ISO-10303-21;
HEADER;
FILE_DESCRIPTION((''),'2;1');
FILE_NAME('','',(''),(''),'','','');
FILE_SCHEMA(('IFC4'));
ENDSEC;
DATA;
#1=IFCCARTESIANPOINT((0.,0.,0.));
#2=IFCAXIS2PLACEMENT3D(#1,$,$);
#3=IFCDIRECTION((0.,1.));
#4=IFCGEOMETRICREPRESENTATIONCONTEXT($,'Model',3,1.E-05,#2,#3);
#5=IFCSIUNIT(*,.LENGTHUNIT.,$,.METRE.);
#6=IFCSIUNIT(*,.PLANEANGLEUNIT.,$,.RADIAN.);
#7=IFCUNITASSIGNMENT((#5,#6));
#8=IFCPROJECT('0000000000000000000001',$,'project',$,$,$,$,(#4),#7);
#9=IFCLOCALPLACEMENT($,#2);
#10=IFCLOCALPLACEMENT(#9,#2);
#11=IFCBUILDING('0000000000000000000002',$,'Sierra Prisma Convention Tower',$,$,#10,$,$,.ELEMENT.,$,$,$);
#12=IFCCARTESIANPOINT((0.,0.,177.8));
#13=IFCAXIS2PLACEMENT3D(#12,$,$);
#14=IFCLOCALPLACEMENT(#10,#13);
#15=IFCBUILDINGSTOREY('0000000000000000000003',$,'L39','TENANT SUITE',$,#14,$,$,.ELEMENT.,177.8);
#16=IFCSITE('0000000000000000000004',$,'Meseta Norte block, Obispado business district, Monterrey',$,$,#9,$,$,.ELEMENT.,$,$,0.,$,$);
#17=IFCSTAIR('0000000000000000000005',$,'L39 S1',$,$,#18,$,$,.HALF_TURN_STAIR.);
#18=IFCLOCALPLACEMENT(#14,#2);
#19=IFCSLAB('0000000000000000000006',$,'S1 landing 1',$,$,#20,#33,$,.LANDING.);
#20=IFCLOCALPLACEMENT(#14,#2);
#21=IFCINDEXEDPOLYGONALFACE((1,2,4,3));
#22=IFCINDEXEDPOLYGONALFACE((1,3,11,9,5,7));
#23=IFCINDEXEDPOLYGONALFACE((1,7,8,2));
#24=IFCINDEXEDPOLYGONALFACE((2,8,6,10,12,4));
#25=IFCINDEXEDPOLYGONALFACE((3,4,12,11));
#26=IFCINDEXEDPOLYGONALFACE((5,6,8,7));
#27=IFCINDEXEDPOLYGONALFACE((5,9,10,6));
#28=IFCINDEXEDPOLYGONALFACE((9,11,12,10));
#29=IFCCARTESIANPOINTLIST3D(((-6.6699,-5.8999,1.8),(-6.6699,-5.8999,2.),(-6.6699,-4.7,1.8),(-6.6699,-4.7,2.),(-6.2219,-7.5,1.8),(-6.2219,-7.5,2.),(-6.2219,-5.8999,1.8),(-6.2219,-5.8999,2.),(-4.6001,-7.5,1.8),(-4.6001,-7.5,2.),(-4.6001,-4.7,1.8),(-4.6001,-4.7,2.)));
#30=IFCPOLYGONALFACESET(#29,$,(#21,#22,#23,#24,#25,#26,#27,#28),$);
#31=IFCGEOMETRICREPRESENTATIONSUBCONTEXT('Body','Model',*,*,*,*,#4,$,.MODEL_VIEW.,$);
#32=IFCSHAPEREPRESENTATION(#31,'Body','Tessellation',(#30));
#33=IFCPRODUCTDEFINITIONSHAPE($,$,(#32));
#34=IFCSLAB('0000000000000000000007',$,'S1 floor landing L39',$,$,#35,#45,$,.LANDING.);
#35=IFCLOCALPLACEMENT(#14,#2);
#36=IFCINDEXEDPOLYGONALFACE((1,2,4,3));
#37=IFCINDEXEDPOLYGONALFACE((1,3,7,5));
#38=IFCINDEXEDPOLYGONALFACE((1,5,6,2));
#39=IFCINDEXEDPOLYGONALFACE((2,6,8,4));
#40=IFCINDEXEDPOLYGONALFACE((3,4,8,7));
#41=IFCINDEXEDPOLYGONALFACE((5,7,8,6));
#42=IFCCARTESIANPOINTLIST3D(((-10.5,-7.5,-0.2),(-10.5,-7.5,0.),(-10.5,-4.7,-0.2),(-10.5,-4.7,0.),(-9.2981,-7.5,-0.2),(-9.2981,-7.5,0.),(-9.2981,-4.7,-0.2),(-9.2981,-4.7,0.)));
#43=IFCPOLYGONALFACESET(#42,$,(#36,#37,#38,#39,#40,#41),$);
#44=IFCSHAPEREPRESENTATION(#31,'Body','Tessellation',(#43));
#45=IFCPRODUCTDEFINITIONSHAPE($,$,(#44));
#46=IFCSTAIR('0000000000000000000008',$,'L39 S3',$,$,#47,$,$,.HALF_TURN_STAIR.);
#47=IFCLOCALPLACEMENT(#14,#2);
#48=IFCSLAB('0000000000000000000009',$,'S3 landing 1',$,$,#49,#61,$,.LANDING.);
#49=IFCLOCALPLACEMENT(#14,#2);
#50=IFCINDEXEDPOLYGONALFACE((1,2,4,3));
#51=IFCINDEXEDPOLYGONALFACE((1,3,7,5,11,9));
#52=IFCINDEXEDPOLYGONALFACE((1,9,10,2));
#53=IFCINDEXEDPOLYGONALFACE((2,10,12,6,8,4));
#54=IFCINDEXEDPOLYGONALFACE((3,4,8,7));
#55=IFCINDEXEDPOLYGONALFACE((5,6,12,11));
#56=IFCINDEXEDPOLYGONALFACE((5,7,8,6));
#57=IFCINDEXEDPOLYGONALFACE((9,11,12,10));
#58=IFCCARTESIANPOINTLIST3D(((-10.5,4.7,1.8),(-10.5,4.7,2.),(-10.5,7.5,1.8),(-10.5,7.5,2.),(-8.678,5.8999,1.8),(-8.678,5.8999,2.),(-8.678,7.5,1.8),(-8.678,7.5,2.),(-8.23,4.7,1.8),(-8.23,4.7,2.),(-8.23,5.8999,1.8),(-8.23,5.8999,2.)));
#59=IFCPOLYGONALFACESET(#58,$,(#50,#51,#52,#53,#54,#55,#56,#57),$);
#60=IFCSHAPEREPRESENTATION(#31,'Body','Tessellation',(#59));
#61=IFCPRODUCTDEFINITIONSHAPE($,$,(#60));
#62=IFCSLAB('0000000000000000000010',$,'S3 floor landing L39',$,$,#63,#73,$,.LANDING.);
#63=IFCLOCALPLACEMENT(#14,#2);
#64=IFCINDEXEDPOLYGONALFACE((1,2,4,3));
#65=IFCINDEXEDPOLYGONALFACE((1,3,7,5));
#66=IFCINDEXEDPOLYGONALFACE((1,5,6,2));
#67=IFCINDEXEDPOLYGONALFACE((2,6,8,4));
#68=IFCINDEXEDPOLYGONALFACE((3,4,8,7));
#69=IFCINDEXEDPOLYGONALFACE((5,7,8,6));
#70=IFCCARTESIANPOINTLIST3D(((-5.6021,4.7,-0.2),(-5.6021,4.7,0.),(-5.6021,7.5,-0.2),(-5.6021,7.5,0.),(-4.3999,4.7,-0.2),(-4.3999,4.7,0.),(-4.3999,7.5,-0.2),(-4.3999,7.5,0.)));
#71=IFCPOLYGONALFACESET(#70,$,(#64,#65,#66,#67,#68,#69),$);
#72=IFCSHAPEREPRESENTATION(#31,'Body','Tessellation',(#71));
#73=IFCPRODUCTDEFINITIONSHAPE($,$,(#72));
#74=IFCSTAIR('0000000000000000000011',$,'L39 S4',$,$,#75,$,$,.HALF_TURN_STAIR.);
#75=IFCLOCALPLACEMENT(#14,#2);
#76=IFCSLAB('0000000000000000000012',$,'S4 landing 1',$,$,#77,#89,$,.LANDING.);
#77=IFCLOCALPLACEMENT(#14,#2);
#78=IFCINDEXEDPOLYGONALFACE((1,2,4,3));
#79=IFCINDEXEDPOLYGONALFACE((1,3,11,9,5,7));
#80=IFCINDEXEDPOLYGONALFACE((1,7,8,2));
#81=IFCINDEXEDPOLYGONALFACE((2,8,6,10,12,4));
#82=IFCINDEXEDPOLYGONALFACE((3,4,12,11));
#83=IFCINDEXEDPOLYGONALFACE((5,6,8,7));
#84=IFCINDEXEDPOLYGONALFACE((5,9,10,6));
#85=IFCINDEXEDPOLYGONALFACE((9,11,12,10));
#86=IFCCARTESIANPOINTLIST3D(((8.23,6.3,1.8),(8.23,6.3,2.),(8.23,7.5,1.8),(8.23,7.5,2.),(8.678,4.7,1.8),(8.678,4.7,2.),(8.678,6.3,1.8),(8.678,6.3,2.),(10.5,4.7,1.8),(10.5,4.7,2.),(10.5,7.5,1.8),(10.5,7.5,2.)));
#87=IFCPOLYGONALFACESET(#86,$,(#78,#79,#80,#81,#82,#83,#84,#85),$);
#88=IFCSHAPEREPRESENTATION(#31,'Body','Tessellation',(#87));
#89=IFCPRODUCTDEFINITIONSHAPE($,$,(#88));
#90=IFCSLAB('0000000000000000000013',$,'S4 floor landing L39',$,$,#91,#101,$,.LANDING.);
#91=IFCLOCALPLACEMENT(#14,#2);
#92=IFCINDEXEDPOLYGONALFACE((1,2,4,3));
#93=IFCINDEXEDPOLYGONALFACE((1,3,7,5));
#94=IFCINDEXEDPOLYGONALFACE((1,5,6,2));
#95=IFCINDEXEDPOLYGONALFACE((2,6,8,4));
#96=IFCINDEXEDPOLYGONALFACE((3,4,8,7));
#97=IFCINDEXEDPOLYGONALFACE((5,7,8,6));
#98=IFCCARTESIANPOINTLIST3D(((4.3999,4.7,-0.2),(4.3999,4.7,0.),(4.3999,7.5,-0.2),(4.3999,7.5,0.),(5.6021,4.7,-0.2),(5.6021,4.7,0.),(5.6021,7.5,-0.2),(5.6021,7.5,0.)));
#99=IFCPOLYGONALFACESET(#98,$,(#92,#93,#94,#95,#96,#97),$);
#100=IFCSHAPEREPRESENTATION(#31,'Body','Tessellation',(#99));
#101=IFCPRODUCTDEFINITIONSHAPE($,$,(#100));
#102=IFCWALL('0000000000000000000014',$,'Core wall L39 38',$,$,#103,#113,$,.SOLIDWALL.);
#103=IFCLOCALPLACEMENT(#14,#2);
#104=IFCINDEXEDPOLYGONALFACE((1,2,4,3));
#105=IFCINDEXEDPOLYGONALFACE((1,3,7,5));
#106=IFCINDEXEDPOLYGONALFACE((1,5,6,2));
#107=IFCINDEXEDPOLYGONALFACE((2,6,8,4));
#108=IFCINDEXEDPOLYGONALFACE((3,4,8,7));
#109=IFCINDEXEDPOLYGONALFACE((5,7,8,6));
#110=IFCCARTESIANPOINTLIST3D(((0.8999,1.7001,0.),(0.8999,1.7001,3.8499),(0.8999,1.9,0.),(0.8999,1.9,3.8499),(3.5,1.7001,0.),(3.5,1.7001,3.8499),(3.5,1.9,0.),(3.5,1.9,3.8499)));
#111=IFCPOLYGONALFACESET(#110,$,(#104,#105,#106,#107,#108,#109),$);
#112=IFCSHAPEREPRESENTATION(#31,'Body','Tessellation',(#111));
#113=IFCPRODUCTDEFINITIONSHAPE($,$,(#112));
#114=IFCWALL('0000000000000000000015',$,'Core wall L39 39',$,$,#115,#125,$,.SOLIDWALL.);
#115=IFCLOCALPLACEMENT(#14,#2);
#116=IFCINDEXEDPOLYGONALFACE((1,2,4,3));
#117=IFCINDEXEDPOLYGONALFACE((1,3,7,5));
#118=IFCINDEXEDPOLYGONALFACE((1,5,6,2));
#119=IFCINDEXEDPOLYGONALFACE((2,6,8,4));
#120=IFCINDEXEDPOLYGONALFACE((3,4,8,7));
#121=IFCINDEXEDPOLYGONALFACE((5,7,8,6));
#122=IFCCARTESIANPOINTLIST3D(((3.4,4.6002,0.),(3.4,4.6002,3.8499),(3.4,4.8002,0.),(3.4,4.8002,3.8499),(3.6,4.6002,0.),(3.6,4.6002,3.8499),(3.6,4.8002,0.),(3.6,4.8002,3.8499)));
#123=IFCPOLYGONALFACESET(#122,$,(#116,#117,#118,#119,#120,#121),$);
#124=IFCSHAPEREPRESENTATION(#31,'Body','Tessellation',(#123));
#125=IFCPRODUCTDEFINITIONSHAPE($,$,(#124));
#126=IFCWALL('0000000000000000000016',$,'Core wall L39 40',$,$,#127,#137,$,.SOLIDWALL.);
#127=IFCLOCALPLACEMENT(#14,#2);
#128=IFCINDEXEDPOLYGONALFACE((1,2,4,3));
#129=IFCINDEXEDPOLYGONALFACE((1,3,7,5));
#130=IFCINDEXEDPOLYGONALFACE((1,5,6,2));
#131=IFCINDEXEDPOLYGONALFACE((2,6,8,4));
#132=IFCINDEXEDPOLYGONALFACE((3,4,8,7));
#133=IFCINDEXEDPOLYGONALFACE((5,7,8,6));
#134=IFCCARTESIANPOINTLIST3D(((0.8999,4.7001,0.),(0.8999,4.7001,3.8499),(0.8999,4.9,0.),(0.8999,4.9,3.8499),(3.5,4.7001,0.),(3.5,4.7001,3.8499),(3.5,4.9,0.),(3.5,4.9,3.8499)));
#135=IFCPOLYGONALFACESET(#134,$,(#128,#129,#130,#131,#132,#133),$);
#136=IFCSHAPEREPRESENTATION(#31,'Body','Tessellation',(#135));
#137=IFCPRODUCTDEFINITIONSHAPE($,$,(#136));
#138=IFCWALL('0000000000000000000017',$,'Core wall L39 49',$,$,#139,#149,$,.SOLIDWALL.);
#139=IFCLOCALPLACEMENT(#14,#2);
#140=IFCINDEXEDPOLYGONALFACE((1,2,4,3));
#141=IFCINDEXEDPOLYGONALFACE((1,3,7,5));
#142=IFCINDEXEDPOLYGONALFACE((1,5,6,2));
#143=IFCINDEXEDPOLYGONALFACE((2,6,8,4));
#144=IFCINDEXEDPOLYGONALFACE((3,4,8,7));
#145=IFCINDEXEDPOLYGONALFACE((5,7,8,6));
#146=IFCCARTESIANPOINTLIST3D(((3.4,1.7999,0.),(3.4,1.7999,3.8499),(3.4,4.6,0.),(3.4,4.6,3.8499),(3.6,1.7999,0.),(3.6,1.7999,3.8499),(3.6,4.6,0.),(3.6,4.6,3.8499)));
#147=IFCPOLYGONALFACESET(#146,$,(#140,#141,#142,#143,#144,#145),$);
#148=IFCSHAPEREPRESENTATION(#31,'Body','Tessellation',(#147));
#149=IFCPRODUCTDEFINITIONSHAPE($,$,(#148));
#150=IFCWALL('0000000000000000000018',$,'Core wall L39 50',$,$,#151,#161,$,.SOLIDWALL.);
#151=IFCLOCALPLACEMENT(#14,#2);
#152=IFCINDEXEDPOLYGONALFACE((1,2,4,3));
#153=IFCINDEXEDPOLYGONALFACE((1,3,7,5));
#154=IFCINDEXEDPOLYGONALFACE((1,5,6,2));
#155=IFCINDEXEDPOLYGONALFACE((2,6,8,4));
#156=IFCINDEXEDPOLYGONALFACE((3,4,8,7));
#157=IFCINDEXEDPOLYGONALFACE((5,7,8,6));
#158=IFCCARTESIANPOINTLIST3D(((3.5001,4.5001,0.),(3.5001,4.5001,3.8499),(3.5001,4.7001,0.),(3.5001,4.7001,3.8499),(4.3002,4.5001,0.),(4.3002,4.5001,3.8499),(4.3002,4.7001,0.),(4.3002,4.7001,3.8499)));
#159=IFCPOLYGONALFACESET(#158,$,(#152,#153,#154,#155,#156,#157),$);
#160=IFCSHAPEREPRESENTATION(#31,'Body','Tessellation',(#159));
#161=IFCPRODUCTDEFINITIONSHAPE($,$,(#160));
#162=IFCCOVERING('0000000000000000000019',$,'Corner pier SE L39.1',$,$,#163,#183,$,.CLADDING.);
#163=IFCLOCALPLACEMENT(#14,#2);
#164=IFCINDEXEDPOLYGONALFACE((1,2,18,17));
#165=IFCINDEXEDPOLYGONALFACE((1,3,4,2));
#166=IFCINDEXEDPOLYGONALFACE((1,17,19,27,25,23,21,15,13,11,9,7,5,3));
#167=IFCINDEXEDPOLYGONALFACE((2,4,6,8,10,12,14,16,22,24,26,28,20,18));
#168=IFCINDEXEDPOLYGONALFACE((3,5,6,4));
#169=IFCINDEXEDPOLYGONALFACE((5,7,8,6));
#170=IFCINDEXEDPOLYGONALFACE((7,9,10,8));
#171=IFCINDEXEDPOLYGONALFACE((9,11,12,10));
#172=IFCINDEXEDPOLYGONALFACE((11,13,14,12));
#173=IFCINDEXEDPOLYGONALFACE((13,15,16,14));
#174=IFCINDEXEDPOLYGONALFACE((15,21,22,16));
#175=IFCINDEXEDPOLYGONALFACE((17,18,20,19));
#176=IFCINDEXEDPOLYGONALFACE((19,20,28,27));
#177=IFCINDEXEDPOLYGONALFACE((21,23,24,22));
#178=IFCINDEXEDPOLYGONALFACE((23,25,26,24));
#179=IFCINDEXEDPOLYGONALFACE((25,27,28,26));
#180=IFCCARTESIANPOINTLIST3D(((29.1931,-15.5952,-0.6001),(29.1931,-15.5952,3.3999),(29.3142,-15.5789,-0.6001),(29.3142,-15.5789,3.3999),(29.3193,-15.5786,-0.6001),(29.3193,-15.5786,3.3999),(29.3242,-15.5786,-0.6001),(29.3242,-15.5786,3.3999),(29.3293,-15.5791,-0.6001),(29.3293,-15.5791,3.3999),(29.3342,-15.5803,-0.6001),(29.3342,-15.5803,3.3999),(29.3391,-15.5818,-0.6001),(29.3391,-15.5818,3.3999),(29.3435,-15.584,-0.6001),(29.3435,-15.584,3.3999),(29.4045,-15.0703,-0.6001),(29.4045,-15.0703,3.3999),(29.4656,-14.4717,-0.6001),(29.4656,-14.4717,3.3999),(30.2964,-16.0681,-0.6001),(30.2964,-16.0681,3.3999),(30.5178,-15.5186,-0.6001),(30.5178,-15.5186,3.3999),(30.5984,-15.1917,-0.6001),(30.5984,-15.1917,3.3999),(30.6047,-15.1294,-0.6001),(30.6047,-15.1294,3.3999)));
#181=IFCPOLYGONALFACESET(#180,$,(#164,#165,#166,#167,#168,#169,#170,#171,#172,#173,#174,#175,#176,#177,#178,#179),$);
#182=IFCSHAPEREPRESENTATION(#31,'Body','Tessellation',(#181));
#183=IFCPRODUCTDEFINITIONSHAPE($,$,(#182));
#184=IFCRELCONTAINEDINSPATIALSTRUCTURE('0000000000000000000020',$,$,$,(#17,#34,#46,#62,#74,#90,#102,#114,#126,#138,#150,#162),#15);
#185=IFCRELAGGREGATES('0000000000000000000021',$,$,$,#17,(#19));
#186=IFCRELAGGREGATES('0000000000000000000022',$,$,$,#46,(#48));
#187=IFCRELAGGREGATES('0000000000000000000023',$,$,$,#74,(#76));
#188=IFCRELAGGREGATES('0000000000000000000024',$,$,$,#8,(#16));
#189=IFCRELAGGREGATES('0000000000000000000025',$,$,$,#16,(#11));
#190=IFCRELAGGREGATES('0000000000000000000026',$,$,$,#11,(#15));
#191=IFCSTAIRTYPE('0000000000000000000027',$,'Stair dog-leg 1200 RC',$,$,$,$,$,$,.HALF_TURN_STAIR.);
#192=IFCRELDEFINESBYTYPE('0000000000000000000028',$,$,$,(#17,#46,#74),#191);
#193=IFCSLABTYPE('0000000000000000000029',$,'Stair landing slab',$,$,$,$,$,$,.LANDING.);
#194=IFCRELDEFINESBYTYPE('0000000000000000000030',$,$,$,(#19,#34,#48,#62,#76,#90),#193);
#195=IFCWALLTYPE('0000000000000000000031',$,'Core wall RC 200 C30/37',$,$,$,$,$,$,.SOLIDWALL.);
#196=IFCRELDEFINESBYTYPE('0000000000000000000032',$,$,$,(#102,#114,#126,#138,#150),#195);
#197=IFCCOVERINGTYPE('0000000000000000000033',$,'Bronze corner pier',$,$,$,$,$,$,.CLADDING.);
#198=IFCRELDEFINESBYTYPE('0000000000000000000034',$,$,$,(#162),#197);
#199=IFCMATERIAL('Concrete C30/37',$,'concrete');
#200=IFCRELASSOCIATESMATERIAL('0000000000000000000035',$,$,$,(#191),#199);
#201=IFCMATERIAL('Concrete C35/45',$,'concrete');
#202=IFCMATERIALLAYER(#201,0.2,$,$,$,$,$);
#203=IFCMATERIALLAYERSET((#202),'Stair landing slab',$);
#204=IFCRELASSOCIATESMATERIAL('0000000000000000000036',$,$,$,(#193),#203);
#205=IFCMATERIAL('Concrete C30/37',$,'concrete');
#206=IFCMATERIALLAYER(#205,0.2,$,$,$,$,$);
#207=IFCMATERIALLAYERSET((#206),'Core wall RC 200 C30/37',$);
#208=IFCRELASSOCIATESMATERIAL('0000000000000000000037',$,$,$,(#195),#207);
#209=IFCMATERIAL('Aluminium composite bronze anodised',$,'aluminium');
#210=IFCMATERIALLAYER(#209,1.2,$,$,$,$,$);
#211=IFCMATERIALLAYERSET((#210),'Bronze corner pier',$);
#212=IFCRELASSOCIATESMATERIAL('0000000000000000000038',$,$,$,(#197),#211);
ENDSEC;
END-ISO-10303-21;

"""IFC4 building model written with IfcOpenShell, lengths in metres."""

from ifc_helpers import new_model, si_unit, direction, frame, frame_2d, origin, place, context, subcontext, project, spatial, polyline, rectangle, outline, extrude, material, layer, layer_set, type_object, element, aggregate, save


model = new_model("IFC4")

# Units and contexts
model_context = context("Model", 3, precision=1e-05, world=origin(), true_north=direction((0.0, 1.0)))
body_context = subcontext(model_context, "Body", "Model", "MODEL_VIEW")
ifc_project = project(units=[si_unit("LENGTHUNIT", "METRE"), si_unit("PLANEANGLEUNIT", "RADIAN")], contexts=[model_context])

# Site, building, storey
site_placement = place(None, origin())
site = spatial("IfcSite", under=ifc_project, at=site_placement, Name="Meseta Norte block, Obispado business district, Monterrey", CompositionType="ELEMENT", RefElevation=0.0)
building_placement = place(site_placement, origin())
building = spatial("IfcBuilding", under=site, at=building_placement, Name="Sierra Prisma Convention Tower", CompositionType="ELEMENT")
storey_placement = place(building_placement, frame((0.0, 0.0, 177.8)))
storey = spatial("IfcBuildingStorey", under=building, at=storey_placement, Name="L39", Description="TENANT SUITE", CompositionType="ELEMENT", Elevation=177.8)

# Stair, slab
ifc_material_1 = material(Name="Concrete C30/37", Category="concrete")
stair_type = type_object("IfcStairType", Name="Stair dog-leg 1200 RC", PredefinedType="HALF_TURN_STAIR", material=ifc_material_1)
stair_1_placement = place(storey_placement, origin())
stair_1 = element("IfcStair", 1, at=stair_1_placement, inside=storey, type_object=stair_type, Name="L39 S1", PredefinedType="HALF_TURN_STAIR")
ifc_material_2 = material(Name="Concrete C35/45", Category="concrete")
ifc_layer_1 = layer(ifc_material_2, 0.2)
ifc_layer_set_1 = layer_set([ifc_layer_1], Name="Stair landing slab")
slab_type = type_object("IfcSlabType", Name="Stair landing slab", PredefinedType="LANDING", material=ifc_layer_set_1)
slab_1_placement = place(storey_placement, frame((0.0, 0.0, 1.8)))
slab_1 = element("IfcSlab", 2, at=slab_1_placement, type_object=slab_type, Name="S1 landing 1", PredefinedType="LANDING", context=body_context, shape_type="SweptSolid", body=[
    extrude(outline(polyline([(-4.6001, -4.7), (-4.6001, -7.5), (-6.2219, -7.5), (-6.2219, -5.8999), (-6.6699, -5.8999), (-6.6699, -4.7), (-4.6001, -4.7)])), origin(), (0.0, 0.0, 1.0), 0.2),
])
aggregate(stair_1, [slab_1])

# Slab
slab_2_placement = place(storey_placement, frame((0.0, 0.0, -0.2)))
element("IfcSlab", 3, at=slab_2_placement, inside=storey, type_object=slab_type, Name="S1 floor landing L39", PredefinedType="LANDING", context=body_context, shape_type="SweptSolid", body=[
    extrude(outline(polyline([(-10.5, -7.5), (-9.2981, -7.5), (-9.2981, -4.7), (-10.5, -4.7), (-10.5, -7.5)])), origin(), (0.0, 0.0, 1.0), 0.2),
])

# Stair, slab
stair_2_placement = place(storey_placement, origin())
stair_2 = element("IfcStair", 4, at=stair_2_placement, inside=storey, type_object=stair_type, Name="L39 S3", PredefinedType="HALF_TURN_STAIR")
slab_3_placement = place(storey_placement, frame((0.0, 0.0, 1.8)))
slab_3 = element("IfcSlab", 5, at=slab_3_placement, type_object=slab_type, Name="S3 landing 1", PredefinedType="LANDING", context=body_context, shape_type="SweptSolid", body=[
    extrude(outline(polyline([(-8.23, 5.8999), (-8.23, 4.7), (-10.5, 4.7), (-10.5, 7.5), (-8.678, 7.5), (-8.678, 5.8999), (-8.23, 5.8999)])), origin(), (0.0, 0.0, 1.0), 0.2),
])
aggregate(stair_2, [slab_3])

# Slab
slab_4_placement = place(storey_placement, frame((0.0, 0.0, -0.2)))
element("IfcSlab", 6, at=slab_4_placement, inside=storey, type_object=slab_type, Name="S3 floor landing L39", PredefinedType="LANDING", context=body_context, shape_type="SweptSolid", body=[
    extrude(outline(polyline([(-4.3999, 7.5), (-5.6021, 7.5), (-5.6021, 4.7), (-4.3999, 4.7), (-4.3999, 7.5)])), origin(), (0.0, 0.0, 1.0), 0.2),
])

# Stair, slab
stair_3_placement = place(storey_placement, origin())
stair_3 = element("IfcStair", 7, at=stair_3_placement, inside=storey, type_object=stair_type, Name="L39 S4", PredefinedType="HALF_TURN_STAIR")
slab_5_placement = place(storey_placement, frame((0.0, 0.0, 1.8)))
slab_5 = element("IfcSlab", 8, at=slab_5_placement, type_object=slab_type, Name="S4 landing 1", PredefinedType="LANDING", context=body_context, shape_type="SweptSolid", body=[
    extrude(outline(polyline([(10.5, 7.5), (10.5, 4.7), (8.678, 4.7), (8.678, 6.3), (8.23, 6.3), (8.23, 7.5), (10.5, 7.5)])), origin(), (0.0, 0.0, 1.0), 0.2),
])
aggregate(stair_3, [slab_5])

# Slab
slab_6_placement = place(storey_placement, frame((0.0, 0.0, -0.2)))
element("IfcSlab", 9, at=slab_6_placement, inside=storey, type_object=slab_type, Name="S4 floor landing L39", PredefinedType="LANDING", context=body_context, shape_type="SweptSolid", body=[
    extrude(outline(polyline([(4.3999, 4.7), (5.6021, 4.7), (5.6021, 7.5), (4.3999, 7.5), (4.3999, 4.7)])), origin(), (0.0, 0.0, 1.0), 0.2),
])

# Shared definitions
ifc_material_3 = material(Name="Concrete C30/37", Category="concrete")
ifc_layer_2 = layer(ifc_material_3, 0.2)
ifc_layer_set_2 = layer_set([ifc_layer_2], Name="Core wall RC 200 C30/37")
wall_type = type_object("IfcWallType", Name="Core wall RC 200 C30/37", PredefinedType="SOLIDWALL", material=ifc_layer_set_2)

# Walls
wall_1_placement = place(storey_placement, frame((3.5, 1.8, 0.0), z_axis=(0.0, 0.0, 1.0), x_axis=(-1.0, 0.0, 0.0)))
element("IfcWall", 10, at=wall_1_placement, inside=storey, type_object=wall_type, Name="Core wall L39 38", PredefinedType="SOLIDWALL", context=body_context, shape_type="SweptSolid", body=[
    extrude(rectangle(XDim=2.6001, YDim=0.2, at=frame_2d((1.3, 0.0))), origin(), (0.0, 0.0, 1.0), 3.8499),
])
wall_2_placement = place(storey_placement, frame((3.5, 4.6001, 0.0), z_axis=(0.0, 0.0, 1.0), x_axis=(0.0, 1.0, 0.0)))
element("IfcWall", 11, at=wall_2_placement, inside=storey, type_object=wall_type, Name="Core wall L39 39", PredefinedType="SOLIDWALL", context=body_context, shape_type="SweptSolid", body=[
    extrude(rectangle(XDim=0.2, YDim=0.2, at=frame_2d((0.1001, 0.0))), origin(), (0.0, 0.0, 1.0), 3.8499),
])
wall_3_placement = place(storey_placement, frame((3.5, 4.8, 0.0), z_axis=(0.0, 0.0, 1.0), x_axis=(-1.0, 0.0, 0.0)))
element("IfcWall", 12, at=wall_3_placement, inside=storey, type_object=wall_type, Name="Core wall L39 40", PredefinedType="SOLIDWALL", context=body_context, shape_type="SweptSolid", body=[
    extrude(rectangle(XDim=2.6001, YDim=0.2, at=frame_2d((1.3, 0.0))), origin(), (0.0, 0.0, 1.0), 3.8499),
])

# Walls
wall_4_placement = place(storey_placement, frame((3.5, 1.8, 0.0), z_axis=(0.0, 0.0, 1.0), x_axis=(0.0, 1.0, 0.0)))
element("IfcWall", 13, at=wall_4_placement, inside=storey, type_object=wall_type, Name="Core wall L39 49", PredefinedType="SOLIDWALL", context=body_context, shape_type="SweptSolid", body=[
    extrude(rectangle(XDim=2.8, YDim=0.2, at=frame_2d((1.3999, 0.0))), origin(), (0.0, 0.0, 1.0), 3.8499),
])
wall_5_placement = place(storey_placement, frame((4.3, 4.6001, 0.0), z_axis=(0.0, 0.0, 1.0), x_axis=(-1.0, 0.0, 0.0)))
element("IfcWall", 14, at=wall_5_placement, inside=storey, type_object=wall_type, Name="Core wall L39 50", PredefinedType="SOLIDWALL", context=body_context, shape_type="SweptSolid", body=[
    extrude(rectangle(XDim=0.8, YDim=0.2, at=frame_2d((0.3999, 0.0))), origin(), (0.0, 0.0, 1.0), 3.8499),
])

# Covering
ifc_material_4 = material(Name="Aluminium composite bronze anodised", Category="aluminium")
ifc_layer_3 = layer(ifc_material_4, 1.2)
ifc_layer_set_3 = layer_set([ifc_layer_3], Name="Bronze corner pier")
covering_type_1 = type_object("IfcCoveringType", Name="Bronze corner pier", PredefinedType="CLADDING", material=ifc_layer_set_3)
covering_1_placement = place(storey_placement, frame((0.0, 0.0, -0.6001)))
element("IfcCovering", 15, at=covering_1_placement, inside=storey, type_object=covering_type_1, Name="Corner pier SE L39.1", PredefinedType="CLADDING", context=body_context, shape_type="SweptSolid", body=[
    extrude(outline(polyline([(30.6047, -15.1294), (30.5984, -15.1917), (30.5178, -15.5186), (30.2964, -16.0681), (29.3435, -15.584), (29.3391, -15.5818), (29.3342, -15.5803), (29.3293, -15.5791), (29.3242, -15.5786), (29.3193, -15.5786), (29.3142, -15.5789), (29.1931, -15.5952), (29.4045, -15.0703), (29.4656, -14.4717), (30.6047, -15.1294)])), origin(), (0.0, 0.0, 1.0), 4.0),
])

save(model, "model.ifc")
